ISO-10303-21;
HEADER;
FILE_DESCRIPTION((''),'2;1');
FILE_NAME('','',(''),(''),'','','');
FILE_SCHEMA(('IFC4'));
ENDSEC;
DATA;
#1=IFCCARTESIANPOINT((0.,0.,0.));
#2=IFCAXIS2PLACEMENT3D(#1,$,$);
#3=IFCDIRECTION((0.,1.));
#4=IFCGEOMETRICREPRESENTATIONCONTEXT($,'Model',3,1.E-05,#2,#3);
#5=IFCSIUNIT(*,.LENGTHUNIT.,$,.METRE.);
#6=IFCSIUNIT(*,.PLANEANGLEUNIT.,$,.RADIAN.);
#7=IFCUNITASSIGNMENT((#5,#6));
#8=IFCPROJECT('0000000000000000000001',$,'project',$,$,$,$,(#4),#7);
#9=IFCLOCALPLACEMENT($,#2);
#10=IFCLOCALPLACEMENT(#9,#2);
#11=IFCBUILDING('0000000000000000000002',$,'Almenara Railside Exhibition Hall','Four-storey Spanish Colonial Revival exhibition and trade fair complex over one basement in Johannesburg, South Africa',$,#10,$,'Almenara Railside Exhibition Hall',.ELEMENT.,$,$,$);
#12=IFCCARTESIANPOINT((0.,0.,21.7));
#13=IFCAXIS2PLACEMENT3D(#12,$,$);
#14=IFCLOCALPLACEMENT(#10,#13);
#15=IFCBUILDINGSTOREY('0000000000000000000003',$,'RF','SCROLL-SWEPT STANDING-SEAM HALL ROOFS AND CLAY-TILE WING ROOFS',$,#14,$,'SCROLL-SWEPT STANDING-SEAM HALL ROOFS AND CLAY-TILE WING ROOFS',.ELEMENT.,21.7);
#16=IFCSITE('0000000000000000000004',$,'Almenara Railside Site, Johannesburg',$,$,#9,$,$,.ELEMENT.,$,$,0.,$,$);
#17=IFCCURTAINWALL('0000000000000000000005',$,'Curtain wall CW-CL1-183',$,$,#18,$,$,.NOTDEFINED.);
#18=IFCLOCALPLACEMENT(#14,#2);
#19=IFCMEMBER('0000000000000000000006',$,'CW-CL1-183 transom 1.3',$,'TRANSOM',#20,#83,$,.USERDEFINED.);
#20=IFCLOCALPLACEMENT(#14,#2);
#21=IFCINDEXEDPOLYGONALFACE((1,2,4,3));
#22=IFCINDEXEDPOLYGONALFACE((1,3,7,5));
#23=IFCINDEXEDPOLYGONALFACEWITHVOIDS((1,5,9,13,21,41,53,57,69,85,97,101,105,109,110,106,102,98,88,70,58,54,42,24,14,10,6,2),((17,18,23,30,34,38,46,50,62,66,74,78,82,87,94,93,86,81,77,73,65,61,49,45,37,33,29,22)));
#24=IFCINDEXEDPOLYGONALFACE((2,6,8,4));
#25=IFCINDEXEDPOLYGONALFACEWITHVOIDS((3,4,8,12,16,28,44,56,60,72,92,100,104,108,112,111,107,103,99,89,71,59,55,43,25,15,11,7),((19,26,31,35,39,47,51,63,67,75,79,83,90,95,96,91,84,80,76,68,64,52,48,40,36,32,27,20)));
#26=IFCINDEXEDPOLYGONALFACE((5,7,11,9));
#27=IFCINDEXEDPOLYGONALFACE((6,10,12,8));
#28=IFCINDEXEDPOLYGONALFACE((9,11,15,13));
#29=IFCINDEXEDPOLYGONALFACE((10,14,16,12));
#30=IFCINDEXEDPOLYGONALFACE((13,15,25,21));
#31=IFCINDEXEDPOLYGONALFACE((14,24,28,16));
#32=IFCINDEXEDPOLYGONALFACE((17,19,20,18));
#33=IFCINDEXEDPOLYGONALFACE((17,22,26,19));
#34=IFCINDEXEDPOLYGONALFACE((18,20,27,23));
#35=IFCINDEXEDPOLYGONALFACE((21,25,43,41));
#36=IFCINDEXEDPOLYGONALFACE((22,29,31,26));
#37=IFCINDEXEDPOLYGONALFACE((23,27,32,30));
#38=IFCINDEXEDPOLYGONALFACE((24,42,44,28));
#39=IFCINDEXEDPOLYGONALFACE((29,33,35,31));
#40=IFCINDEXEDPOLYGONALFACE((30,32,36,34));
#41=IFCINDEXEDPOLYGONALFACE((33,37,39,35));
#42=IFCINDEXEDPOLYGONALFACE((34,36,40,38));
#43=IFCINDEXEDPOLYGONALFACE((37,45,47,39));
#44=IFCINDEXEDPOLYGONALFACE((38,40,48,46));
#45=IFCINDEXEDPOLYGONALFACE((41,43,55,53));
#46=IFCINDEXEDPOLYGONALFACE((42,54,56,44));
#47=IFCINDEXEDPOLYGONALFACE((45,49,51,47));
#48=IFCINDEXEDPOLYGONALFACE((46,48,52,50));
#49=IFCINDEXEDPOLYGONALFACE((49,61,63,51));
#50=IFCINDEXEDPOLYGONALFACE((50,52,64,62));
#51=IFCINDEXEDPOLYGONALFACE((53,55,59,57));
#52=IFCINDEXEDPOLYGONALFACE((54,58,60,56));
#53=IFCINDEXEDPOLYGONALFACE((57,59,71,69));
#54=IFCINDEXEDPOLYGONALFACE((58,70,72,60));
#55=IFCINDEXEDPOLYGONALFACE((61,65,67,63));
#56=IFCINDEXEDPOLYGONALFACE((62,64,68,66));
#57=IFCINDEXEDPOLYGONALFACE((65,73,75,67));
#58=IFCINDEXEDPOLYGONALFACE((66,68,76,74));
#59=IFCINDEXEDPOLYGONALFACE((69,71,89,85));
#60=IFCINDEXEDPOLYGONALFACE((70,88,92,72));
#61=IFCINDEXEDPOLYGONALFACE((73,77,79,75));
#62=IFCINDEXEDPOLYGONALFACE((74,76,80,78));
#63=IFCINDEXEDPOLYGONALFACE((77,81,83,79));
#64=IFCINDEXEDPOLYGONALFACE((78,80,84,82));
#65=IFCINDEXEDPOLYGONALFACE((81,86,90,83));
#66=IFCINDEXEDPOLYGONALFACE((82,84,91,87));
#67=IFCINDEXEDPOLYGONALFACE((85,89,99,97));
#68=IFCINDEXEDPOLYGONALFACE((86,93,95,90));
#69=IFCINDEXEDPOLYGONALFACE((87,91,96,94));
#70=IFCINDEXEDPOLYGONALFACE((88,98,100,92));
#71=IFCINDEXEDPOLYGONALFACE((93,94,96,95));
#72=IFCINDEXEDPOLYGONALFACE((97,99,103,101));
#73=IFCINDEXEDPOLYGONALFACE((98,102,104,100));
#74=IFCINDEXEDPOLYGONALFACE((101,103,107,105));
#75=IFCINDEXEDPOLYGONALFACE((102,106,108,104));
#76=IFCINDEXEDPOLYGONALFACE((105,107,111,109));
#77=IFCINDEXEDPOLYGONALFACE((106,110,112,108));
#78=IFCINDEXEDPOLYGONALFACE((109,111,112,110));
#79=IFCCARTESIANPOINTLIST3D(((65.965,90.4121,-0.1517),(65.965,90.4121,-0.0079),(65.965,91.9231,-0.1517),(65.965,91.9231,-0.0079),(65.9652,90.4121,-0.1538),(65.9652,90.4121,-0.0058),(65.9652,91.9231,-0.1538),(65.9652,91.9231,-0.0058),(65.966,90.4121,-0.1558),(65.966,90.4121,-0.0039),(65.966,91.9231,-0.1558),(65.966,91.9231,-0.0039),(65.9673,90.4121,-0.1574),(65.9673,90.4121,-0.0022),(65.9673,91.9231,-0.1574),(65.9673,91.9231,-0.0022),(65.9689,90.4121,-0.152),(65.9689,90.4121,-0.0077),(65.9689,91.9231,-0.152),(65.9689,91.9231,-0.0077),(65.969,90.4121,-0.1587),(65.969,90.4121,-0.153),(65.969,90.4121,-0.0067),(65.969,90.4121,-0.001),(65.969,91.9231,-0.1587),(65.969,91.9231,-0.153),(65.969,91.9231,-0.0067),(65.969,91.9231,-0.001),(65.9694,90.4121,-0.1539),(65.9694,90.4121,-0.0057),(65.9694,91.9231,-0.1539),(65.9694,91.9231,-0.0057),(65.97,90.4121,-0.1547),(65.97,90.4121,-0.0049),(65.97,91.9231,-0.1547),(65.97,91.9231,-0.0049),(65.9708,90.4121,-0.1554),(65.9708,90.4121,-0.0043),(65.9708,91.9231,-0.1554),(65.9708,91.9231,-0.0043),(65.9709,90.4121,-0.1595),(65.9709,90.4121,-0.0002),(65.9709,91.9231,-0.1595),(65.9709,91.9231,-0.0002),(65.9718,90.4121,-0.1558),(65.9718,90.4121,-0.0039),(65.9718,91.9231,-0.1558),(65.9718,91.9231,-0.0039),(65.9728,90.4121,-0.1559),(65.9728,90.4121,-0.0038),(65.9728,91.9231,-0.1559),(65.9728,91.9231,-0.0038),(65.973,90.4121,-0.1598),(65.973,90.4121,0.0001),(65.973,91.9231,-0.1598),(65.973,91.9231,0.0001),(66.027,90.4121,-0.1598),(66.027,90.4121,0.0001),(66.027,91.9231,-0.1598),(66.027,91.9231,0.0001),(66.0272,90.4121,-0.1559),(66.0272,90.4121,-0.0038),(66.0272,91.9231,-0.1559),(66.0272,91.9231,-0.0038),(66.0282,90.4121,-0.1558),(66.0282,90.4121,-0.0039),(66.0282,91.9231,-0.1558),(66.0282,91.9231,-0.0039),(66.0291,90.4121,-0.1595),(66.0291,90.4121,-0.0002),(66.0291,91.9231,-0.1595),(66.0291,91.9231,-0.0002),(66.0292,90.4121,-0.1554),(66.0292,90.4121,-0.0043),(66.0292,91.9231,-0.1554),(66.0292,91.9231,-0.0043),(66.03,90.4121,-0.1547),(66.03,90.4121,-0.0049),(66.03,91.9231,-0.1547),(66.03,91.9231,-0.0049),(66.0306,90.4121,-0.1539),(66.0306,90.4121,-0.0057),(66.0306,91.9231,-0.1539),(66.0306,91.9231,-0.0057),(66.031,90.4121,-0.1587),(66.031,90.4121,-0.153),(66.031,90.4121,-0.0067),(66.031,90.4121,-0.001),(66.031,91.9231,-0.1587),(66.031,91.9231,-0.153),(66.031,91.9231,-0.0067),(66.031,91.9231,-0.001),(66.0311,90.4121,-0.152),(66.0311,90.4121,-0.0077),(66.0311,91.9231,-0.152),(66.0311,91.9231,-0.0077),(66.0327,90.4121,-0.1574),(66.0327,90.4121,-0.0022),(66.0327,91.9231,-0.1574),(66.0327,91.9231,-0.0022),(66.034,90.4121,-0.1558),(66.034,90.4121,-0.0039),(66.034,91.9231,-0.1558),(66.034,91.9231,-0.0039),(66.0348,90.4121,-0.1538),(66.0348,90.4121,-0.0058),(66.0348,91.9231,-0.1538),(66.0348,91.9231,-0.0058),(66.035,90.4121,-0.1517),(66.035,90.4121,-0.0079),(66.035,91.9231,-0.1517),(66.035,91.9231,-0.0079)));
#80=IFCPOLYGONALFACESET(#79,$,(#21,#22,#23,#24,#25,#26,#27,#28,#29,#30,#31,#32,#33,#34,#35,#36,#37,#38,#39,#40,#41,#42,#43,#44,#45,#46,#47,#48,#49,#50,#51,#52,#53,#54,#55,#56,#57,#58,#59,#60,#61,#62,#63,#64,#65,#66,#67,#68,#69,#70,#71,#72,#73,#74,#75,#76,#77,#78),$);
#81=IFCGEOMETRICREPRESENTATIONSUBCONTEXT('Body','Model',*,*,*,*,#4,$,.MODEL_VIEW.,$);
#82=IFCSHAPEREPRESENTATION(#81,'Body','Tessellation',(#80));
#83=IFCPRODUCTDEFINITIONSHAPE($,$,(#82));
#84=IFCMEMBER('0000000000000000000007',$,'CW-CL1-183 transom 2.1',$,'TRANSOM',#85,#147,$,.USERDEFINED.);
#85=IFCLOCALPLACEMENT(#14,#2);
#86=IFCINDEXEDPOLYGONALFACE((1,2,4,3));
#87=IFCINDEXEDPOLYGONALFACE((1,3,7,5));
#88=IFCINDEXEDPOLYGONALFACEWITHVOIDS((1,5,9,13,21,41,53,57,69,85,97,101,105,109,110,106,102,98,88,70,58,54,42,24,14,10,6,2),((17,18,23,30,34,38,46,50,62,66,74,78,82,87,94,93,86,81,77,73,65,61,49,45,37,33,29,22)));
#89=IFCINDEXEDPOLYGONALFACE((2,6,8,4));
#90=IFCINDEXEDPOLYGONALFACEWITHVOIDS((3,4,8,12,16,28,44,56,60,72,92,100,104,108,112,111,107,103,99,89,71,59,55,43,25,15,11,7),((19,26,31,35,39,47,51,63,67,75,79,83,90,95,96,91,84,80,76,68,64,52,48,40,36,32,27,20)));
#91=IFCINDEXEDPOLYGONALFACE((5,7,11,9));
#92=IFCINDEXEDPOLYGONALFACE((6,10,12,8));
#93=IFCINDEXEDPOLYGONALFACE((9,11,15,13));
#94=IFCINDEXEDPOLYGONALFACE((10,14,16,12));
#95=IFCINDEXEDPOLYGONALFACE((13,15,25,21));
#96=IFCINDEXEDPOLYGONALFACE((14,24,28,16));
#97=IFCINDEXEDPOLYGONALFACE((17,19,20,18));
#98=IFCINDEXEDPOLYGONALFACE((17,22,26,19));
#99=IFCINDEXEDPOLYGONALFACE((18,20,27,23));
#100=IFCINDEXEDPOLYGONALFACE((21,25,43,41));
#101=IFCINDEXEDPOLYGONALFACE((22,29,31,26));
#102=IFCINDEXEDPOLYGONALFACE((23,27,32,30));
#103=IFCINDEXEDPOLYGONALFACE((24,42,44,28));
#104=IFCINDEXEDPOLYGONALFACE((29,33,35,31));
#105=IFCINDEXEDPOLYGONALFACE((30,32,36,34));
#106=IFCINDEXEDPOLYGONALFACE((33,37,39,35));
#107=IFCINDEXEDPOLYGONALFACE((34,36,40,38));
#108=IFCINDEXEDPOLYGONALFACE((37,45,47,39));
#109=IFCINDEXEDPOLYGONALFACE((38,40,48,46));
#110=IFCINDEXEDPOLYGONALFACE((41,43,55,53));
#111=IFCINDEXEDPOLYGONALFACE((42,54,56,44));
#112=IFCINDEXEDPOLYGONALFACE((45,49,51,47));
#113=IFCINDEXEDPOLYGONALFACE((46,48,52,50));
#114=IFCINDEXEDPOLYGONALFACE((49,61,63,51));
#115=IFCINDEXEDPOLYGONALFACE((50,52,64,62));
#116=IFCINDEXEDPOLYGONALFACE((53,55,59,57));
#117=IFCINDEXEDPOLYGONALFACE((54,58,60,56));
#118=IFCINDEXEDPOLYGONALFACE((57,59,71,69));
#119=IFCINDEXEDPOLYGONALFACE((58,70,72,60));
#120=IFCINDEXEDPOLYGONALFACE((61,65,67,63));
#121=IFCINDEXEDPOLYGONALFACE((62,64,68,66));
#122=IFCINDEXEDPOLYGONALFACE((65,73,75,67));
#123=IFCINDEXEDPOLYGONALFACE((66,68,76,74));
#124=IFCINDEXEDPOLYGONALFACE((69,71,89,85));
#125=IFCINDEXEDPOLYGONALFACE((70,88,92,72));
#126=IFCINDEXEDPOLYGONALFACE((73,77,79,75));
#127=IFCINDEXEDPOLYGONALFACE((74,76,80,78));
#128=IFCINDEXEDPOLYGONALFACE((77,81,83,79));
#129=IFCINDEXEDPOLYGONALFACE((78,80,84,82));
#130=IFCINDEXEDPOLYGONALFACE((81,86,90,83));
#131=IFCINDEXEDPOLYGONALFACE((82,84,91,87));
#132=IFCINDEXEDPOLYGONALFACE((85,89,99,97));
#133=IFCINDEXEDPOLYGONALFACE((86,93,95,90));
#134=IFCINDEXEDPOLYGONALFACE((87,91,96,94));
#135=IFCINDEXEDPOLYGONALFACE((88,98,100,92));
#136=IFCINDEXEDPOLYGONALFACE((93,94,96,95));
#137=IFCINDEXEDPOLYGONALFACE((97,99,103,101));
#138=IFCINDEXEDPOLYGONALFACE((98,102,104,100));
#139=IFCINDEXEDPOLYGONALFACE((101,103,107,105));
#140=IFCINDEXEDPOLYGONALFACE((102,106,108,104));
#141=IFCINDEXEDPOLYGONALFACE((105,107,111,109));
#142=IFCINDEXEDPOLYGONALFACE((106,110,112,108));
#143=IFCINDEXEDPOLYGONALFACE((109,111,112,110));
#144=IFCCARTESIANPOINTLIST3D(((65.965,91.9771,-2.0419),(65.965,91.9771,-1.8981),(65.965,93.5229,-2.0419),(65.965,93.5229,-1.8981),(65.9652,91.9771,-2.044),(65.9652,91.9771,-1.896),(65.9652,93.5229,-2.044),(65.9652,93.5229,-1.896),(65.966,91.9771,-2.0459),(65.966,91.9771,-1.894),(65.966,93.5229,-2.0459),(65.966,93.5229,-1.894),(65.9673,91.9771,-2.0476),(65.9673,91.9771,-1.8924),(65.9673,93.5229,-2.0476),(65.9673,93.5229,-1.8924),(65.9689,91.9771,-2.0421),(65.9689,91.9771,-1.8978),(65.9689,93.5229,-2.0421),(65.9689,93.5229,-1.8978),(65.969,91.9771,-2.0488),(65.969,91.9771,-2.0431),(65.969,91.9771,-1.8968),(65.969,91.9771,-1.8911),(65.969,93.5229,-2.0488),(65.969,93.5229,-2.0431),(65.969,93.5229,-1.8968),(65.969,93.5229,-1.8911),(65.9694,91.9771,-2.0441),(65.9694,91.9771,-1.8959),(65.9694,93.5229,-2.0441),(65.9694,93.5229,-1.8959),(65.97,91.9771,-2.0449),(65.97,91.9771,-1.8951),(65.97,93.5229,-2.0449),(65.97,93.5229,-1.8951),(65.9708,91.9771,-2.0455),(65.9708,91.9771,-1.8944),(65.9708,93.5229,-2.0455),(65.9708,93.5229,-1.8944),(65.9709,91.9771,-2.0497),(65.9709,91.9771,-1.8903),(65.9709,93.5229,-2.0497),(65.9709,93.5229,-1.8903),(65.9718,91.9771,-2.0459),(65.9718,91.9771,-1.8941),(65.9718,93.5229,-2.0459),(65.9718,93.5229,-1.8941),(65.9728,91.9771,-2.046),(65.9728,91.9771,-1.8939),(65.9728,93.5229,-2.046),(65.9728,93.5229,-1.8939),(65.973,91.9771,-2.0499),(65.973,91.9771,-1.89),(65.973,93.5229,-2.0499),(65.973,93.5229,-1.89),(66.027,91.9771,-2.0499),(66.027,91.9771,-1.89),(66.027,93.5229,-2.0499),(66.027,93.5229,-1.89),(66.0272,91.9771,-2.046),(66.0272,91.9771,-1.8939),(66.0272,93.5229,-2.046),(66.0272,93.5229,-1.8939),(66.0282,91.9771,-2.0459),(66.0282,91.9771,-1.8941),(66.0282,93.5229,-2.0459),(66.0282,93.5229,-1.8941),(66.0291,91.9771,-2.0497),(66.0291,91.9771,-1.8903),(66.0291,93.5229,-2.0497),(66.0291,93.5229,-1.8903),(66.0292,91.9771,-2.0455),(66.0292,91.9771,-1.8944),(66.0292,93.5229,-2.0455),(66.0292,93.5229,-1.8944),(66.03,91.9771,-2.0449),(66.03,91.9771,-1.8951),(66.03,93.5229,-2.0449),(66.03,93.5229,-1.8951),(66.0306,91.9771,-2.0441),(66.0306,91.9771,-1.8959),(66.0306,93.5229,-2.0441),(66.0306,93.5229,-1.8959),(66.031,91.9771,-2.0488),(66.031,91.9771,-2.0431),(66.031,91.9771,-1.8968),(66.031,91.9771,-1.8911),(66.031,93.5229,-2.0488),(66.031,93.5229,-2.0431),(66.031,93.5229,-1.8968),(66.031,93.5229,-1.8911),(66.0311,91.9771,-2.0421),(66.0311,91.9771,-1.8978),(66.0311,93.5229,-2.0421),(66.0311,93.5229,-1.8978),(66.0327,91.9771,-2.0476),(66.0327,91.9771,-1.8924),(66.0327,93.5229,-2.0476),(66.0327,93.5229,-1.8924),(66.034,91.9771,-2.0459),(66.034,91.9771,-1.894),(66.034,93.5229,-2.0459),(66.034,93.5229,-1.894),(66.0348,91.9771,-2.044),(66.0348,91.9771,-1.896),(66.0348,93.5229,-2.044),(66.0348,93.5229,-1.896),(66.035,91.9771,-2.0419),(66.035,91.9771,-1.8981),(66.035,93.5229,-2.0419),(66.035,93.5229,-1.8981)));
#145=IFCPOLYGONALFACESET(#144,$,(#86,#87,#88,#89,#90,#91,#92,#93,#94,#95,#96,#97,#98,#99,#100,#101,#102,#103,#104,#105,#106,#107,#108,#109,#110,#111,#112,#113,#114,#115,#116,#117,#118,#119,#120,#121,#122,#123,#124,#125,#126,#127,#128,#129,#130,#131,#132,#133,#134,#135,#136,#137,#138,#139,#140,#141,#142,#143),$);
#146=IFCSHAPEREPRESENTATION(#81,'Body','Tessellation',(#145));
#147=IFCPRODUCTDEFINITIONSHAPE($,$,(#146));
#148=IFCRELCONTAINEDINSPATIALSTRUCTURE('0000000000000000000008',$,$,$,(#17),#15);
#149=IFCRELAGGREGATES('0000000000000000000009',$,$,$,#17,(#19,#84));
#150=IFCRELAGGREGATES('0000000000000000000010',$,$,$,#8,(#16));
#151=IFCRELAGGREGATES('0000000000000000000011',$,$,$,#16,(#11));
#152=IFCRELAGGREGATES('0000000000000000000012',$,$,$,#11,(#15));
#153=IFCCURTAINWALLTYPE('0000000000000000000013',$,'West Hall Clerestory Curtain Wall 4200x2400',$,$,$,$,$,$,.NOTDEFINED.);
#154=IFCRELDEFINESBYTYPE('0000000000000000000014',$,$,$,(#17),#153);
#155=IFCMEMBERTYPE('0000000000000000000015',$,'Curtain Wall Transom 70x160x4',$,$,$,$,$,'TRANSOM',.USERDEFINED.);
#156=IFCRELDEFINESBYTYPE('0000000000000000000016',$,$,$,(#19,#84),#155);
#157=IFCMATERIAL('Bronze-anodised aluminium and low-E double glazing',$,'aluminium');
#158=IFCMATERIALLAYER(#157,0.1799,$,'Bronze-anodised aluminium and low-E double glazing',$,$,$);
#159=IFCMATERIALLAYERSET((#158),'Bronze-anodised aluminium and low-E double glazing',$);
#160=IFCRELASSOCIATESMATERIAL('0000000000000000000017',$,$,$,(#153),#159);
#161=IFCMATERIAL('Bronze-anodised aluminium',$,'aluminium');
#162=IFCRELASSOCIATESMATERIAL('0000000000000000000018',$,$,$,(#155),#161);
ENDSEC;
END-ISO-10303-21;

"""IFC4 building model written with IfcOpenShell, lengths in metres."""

from ifc_helpers import new_model, si_unit, direction, frame, origin, origin_2d, place, context, subcontext, project, spatial, hollow_rectangle, extrude, material, layer, layer_set, material_profile, profile_set, type_object, element, aggregate, save


model = new_model("IFC4")

# Units and contexts
model_context = context("Model", 3, precision=1e-05, world=origin(), true_north=direction((0.0, 1.0)))
body_context = subcontext(model_context, "Body", "Model", "MODEL_VIEW")
ifc_project = project(units=[si_unit("LENGTHUNIT", "METRE"), si_unit("PLANEANGLEUNIT", "RADIAN")], contexts=[model_context])

# Site, building, storey
site_placement = place(None, origin())
site = spatial("IfcSite", under=ifc_project, at=site_placement, Name="Almenara Railside Site, Johannesburg", CompositionType="ELEMENT", RefElevation=0.0)
building_placement = place(site_placement, origin())
building = spatial("IfcBuilding", under=site, at=building_placement, Name="Almenara Railside Exhibition Hall", Description="Four-storey Spanish Colonial Revival exhibition and trade fair complex over one basement in Johannesburg, South Africa", LongName="Almenara Railside Exhibition Hall", CompositionType="ELEMENT")
storey_placement = place(building_placement, frame((0.0, 0.0, 21.7)))
storey = spatial("IfcBuildingStorey", under=building, at=storey_placement, Name="RF", Description="SCROLL-SWEPT STANDING-SEAM HALL ROOFS AND CLAY-TILE WING ROOFS", LongName="SCROLL-SWEPT STANDING-SEAM HALL ROOFS AND CLAY-TILE WING ROOFS", CompositionType="ELEMENT", Elevation=21.7)

# Curtain wall
ifc_material_1 = material(Name="Bronze-anodised aluminium and low-E double glazing", Category="aluminium")
ifc_layer_1 = layer(ifc_material_1, 0.1799, Name="Bronze-anodised aluminium and low-E double glazing")
ifc_layer_set_1 = layer_set([ifc_layer_1], Name="Bronze-anodised aluminium and low-E double glazing")
curtain_wall_type = type_object("IfcCurtainWallType", Name="West Hall Clerestory Curtain Wall 4200x2400", PredefinedType="NOTDEFINED", material=ifc_layer_set_1)
ifc_material_2 = material(Name="Bronze-anodised aluminium", Category="aluminium")
curtain_wall_1_placement = place(storey_placement, origin())
curtain_wall_1 = element("IfcCurtainWall", 1, at=curtain_wall_1_placement, inside=storey, type_object=curtain_wall_type, Name="Curtain wall CW-CL1-183", PredefinedType="NOTDEFINED")

# Members
ifc_material_profile_1 = material_profile(ifc_material_2, hollow_rectangle(XDim=0.0701, YDim=0.1599, WallThickness=0.0039, InnerFilletRadius=0.0039, OuterFilletRadius=0.0081, at=origin_2d()), Name="ALU-TRN 70x160x4")
ifc_profile_set_1 = profile_set([ifc_material_profile_1], Name="Bronze-anodised aluminium")
member_type_1 = type_object("IfcMemberType", Name="Curtain Wall Transom 70x160x4", ElementType="TRANSOM", PredefinedType="USERDEFINED", material=ifc_profile_set_1)
member_1_placement = place(storey_placement, frame((66.0, 90.4121, -0.0798), z_axis=(0.0, 1.0, 0.0), x_axis=(-1.0, 0.0, 0.0)))
member_1 = element("IfcMember", 2, at=member_1_placement, type_object=member_type_1, Name="CW-CL1-183 transom 1.3", ObjectType="TRANSOM", PredefinedType="USERDEFINED", context=body_context, shape_type="SweptSolid", body=[
    extrude(hollow_rectangle(XDim=0.0701, YDim=0.1599, WallThickness=0.0039, InnerFilletRadius=0.0039, OuterFilletRadius=0.0081, at=origin_2d()), origin(), (0.0, 0.0, 1.0), 1.511),
])
member_2_placement = place(storey_placement, frame((66.0, 91.9771, -1.97), z_axis=(0.0, 1.0, 0.0), x_axis=(-1.0, 0.0, 0.0)))
member_2 = element("IfcMember", 3, at=member_2_placement, type_object=member_type_1, Name="CW-CL1-183 transom 2.1", ObjectType="TRANSOM", PredefinedType="USERDEFINED", context=body_context, shape_type="SweptSolid", body=[
    extrude(hollow_rectangle(XDim=0.0701, YDim=0.1599, WallThickness=0.0039, InnerFilletRadius=0.0039, OuterFilletRadius=0.0081, at=origin_2d()), origin(), (0.0, 0.0, 1.0), 1.5459),
])

aggregate(curtain_wall_1, [member_1, member_2])

save(model, "model.ifc")
